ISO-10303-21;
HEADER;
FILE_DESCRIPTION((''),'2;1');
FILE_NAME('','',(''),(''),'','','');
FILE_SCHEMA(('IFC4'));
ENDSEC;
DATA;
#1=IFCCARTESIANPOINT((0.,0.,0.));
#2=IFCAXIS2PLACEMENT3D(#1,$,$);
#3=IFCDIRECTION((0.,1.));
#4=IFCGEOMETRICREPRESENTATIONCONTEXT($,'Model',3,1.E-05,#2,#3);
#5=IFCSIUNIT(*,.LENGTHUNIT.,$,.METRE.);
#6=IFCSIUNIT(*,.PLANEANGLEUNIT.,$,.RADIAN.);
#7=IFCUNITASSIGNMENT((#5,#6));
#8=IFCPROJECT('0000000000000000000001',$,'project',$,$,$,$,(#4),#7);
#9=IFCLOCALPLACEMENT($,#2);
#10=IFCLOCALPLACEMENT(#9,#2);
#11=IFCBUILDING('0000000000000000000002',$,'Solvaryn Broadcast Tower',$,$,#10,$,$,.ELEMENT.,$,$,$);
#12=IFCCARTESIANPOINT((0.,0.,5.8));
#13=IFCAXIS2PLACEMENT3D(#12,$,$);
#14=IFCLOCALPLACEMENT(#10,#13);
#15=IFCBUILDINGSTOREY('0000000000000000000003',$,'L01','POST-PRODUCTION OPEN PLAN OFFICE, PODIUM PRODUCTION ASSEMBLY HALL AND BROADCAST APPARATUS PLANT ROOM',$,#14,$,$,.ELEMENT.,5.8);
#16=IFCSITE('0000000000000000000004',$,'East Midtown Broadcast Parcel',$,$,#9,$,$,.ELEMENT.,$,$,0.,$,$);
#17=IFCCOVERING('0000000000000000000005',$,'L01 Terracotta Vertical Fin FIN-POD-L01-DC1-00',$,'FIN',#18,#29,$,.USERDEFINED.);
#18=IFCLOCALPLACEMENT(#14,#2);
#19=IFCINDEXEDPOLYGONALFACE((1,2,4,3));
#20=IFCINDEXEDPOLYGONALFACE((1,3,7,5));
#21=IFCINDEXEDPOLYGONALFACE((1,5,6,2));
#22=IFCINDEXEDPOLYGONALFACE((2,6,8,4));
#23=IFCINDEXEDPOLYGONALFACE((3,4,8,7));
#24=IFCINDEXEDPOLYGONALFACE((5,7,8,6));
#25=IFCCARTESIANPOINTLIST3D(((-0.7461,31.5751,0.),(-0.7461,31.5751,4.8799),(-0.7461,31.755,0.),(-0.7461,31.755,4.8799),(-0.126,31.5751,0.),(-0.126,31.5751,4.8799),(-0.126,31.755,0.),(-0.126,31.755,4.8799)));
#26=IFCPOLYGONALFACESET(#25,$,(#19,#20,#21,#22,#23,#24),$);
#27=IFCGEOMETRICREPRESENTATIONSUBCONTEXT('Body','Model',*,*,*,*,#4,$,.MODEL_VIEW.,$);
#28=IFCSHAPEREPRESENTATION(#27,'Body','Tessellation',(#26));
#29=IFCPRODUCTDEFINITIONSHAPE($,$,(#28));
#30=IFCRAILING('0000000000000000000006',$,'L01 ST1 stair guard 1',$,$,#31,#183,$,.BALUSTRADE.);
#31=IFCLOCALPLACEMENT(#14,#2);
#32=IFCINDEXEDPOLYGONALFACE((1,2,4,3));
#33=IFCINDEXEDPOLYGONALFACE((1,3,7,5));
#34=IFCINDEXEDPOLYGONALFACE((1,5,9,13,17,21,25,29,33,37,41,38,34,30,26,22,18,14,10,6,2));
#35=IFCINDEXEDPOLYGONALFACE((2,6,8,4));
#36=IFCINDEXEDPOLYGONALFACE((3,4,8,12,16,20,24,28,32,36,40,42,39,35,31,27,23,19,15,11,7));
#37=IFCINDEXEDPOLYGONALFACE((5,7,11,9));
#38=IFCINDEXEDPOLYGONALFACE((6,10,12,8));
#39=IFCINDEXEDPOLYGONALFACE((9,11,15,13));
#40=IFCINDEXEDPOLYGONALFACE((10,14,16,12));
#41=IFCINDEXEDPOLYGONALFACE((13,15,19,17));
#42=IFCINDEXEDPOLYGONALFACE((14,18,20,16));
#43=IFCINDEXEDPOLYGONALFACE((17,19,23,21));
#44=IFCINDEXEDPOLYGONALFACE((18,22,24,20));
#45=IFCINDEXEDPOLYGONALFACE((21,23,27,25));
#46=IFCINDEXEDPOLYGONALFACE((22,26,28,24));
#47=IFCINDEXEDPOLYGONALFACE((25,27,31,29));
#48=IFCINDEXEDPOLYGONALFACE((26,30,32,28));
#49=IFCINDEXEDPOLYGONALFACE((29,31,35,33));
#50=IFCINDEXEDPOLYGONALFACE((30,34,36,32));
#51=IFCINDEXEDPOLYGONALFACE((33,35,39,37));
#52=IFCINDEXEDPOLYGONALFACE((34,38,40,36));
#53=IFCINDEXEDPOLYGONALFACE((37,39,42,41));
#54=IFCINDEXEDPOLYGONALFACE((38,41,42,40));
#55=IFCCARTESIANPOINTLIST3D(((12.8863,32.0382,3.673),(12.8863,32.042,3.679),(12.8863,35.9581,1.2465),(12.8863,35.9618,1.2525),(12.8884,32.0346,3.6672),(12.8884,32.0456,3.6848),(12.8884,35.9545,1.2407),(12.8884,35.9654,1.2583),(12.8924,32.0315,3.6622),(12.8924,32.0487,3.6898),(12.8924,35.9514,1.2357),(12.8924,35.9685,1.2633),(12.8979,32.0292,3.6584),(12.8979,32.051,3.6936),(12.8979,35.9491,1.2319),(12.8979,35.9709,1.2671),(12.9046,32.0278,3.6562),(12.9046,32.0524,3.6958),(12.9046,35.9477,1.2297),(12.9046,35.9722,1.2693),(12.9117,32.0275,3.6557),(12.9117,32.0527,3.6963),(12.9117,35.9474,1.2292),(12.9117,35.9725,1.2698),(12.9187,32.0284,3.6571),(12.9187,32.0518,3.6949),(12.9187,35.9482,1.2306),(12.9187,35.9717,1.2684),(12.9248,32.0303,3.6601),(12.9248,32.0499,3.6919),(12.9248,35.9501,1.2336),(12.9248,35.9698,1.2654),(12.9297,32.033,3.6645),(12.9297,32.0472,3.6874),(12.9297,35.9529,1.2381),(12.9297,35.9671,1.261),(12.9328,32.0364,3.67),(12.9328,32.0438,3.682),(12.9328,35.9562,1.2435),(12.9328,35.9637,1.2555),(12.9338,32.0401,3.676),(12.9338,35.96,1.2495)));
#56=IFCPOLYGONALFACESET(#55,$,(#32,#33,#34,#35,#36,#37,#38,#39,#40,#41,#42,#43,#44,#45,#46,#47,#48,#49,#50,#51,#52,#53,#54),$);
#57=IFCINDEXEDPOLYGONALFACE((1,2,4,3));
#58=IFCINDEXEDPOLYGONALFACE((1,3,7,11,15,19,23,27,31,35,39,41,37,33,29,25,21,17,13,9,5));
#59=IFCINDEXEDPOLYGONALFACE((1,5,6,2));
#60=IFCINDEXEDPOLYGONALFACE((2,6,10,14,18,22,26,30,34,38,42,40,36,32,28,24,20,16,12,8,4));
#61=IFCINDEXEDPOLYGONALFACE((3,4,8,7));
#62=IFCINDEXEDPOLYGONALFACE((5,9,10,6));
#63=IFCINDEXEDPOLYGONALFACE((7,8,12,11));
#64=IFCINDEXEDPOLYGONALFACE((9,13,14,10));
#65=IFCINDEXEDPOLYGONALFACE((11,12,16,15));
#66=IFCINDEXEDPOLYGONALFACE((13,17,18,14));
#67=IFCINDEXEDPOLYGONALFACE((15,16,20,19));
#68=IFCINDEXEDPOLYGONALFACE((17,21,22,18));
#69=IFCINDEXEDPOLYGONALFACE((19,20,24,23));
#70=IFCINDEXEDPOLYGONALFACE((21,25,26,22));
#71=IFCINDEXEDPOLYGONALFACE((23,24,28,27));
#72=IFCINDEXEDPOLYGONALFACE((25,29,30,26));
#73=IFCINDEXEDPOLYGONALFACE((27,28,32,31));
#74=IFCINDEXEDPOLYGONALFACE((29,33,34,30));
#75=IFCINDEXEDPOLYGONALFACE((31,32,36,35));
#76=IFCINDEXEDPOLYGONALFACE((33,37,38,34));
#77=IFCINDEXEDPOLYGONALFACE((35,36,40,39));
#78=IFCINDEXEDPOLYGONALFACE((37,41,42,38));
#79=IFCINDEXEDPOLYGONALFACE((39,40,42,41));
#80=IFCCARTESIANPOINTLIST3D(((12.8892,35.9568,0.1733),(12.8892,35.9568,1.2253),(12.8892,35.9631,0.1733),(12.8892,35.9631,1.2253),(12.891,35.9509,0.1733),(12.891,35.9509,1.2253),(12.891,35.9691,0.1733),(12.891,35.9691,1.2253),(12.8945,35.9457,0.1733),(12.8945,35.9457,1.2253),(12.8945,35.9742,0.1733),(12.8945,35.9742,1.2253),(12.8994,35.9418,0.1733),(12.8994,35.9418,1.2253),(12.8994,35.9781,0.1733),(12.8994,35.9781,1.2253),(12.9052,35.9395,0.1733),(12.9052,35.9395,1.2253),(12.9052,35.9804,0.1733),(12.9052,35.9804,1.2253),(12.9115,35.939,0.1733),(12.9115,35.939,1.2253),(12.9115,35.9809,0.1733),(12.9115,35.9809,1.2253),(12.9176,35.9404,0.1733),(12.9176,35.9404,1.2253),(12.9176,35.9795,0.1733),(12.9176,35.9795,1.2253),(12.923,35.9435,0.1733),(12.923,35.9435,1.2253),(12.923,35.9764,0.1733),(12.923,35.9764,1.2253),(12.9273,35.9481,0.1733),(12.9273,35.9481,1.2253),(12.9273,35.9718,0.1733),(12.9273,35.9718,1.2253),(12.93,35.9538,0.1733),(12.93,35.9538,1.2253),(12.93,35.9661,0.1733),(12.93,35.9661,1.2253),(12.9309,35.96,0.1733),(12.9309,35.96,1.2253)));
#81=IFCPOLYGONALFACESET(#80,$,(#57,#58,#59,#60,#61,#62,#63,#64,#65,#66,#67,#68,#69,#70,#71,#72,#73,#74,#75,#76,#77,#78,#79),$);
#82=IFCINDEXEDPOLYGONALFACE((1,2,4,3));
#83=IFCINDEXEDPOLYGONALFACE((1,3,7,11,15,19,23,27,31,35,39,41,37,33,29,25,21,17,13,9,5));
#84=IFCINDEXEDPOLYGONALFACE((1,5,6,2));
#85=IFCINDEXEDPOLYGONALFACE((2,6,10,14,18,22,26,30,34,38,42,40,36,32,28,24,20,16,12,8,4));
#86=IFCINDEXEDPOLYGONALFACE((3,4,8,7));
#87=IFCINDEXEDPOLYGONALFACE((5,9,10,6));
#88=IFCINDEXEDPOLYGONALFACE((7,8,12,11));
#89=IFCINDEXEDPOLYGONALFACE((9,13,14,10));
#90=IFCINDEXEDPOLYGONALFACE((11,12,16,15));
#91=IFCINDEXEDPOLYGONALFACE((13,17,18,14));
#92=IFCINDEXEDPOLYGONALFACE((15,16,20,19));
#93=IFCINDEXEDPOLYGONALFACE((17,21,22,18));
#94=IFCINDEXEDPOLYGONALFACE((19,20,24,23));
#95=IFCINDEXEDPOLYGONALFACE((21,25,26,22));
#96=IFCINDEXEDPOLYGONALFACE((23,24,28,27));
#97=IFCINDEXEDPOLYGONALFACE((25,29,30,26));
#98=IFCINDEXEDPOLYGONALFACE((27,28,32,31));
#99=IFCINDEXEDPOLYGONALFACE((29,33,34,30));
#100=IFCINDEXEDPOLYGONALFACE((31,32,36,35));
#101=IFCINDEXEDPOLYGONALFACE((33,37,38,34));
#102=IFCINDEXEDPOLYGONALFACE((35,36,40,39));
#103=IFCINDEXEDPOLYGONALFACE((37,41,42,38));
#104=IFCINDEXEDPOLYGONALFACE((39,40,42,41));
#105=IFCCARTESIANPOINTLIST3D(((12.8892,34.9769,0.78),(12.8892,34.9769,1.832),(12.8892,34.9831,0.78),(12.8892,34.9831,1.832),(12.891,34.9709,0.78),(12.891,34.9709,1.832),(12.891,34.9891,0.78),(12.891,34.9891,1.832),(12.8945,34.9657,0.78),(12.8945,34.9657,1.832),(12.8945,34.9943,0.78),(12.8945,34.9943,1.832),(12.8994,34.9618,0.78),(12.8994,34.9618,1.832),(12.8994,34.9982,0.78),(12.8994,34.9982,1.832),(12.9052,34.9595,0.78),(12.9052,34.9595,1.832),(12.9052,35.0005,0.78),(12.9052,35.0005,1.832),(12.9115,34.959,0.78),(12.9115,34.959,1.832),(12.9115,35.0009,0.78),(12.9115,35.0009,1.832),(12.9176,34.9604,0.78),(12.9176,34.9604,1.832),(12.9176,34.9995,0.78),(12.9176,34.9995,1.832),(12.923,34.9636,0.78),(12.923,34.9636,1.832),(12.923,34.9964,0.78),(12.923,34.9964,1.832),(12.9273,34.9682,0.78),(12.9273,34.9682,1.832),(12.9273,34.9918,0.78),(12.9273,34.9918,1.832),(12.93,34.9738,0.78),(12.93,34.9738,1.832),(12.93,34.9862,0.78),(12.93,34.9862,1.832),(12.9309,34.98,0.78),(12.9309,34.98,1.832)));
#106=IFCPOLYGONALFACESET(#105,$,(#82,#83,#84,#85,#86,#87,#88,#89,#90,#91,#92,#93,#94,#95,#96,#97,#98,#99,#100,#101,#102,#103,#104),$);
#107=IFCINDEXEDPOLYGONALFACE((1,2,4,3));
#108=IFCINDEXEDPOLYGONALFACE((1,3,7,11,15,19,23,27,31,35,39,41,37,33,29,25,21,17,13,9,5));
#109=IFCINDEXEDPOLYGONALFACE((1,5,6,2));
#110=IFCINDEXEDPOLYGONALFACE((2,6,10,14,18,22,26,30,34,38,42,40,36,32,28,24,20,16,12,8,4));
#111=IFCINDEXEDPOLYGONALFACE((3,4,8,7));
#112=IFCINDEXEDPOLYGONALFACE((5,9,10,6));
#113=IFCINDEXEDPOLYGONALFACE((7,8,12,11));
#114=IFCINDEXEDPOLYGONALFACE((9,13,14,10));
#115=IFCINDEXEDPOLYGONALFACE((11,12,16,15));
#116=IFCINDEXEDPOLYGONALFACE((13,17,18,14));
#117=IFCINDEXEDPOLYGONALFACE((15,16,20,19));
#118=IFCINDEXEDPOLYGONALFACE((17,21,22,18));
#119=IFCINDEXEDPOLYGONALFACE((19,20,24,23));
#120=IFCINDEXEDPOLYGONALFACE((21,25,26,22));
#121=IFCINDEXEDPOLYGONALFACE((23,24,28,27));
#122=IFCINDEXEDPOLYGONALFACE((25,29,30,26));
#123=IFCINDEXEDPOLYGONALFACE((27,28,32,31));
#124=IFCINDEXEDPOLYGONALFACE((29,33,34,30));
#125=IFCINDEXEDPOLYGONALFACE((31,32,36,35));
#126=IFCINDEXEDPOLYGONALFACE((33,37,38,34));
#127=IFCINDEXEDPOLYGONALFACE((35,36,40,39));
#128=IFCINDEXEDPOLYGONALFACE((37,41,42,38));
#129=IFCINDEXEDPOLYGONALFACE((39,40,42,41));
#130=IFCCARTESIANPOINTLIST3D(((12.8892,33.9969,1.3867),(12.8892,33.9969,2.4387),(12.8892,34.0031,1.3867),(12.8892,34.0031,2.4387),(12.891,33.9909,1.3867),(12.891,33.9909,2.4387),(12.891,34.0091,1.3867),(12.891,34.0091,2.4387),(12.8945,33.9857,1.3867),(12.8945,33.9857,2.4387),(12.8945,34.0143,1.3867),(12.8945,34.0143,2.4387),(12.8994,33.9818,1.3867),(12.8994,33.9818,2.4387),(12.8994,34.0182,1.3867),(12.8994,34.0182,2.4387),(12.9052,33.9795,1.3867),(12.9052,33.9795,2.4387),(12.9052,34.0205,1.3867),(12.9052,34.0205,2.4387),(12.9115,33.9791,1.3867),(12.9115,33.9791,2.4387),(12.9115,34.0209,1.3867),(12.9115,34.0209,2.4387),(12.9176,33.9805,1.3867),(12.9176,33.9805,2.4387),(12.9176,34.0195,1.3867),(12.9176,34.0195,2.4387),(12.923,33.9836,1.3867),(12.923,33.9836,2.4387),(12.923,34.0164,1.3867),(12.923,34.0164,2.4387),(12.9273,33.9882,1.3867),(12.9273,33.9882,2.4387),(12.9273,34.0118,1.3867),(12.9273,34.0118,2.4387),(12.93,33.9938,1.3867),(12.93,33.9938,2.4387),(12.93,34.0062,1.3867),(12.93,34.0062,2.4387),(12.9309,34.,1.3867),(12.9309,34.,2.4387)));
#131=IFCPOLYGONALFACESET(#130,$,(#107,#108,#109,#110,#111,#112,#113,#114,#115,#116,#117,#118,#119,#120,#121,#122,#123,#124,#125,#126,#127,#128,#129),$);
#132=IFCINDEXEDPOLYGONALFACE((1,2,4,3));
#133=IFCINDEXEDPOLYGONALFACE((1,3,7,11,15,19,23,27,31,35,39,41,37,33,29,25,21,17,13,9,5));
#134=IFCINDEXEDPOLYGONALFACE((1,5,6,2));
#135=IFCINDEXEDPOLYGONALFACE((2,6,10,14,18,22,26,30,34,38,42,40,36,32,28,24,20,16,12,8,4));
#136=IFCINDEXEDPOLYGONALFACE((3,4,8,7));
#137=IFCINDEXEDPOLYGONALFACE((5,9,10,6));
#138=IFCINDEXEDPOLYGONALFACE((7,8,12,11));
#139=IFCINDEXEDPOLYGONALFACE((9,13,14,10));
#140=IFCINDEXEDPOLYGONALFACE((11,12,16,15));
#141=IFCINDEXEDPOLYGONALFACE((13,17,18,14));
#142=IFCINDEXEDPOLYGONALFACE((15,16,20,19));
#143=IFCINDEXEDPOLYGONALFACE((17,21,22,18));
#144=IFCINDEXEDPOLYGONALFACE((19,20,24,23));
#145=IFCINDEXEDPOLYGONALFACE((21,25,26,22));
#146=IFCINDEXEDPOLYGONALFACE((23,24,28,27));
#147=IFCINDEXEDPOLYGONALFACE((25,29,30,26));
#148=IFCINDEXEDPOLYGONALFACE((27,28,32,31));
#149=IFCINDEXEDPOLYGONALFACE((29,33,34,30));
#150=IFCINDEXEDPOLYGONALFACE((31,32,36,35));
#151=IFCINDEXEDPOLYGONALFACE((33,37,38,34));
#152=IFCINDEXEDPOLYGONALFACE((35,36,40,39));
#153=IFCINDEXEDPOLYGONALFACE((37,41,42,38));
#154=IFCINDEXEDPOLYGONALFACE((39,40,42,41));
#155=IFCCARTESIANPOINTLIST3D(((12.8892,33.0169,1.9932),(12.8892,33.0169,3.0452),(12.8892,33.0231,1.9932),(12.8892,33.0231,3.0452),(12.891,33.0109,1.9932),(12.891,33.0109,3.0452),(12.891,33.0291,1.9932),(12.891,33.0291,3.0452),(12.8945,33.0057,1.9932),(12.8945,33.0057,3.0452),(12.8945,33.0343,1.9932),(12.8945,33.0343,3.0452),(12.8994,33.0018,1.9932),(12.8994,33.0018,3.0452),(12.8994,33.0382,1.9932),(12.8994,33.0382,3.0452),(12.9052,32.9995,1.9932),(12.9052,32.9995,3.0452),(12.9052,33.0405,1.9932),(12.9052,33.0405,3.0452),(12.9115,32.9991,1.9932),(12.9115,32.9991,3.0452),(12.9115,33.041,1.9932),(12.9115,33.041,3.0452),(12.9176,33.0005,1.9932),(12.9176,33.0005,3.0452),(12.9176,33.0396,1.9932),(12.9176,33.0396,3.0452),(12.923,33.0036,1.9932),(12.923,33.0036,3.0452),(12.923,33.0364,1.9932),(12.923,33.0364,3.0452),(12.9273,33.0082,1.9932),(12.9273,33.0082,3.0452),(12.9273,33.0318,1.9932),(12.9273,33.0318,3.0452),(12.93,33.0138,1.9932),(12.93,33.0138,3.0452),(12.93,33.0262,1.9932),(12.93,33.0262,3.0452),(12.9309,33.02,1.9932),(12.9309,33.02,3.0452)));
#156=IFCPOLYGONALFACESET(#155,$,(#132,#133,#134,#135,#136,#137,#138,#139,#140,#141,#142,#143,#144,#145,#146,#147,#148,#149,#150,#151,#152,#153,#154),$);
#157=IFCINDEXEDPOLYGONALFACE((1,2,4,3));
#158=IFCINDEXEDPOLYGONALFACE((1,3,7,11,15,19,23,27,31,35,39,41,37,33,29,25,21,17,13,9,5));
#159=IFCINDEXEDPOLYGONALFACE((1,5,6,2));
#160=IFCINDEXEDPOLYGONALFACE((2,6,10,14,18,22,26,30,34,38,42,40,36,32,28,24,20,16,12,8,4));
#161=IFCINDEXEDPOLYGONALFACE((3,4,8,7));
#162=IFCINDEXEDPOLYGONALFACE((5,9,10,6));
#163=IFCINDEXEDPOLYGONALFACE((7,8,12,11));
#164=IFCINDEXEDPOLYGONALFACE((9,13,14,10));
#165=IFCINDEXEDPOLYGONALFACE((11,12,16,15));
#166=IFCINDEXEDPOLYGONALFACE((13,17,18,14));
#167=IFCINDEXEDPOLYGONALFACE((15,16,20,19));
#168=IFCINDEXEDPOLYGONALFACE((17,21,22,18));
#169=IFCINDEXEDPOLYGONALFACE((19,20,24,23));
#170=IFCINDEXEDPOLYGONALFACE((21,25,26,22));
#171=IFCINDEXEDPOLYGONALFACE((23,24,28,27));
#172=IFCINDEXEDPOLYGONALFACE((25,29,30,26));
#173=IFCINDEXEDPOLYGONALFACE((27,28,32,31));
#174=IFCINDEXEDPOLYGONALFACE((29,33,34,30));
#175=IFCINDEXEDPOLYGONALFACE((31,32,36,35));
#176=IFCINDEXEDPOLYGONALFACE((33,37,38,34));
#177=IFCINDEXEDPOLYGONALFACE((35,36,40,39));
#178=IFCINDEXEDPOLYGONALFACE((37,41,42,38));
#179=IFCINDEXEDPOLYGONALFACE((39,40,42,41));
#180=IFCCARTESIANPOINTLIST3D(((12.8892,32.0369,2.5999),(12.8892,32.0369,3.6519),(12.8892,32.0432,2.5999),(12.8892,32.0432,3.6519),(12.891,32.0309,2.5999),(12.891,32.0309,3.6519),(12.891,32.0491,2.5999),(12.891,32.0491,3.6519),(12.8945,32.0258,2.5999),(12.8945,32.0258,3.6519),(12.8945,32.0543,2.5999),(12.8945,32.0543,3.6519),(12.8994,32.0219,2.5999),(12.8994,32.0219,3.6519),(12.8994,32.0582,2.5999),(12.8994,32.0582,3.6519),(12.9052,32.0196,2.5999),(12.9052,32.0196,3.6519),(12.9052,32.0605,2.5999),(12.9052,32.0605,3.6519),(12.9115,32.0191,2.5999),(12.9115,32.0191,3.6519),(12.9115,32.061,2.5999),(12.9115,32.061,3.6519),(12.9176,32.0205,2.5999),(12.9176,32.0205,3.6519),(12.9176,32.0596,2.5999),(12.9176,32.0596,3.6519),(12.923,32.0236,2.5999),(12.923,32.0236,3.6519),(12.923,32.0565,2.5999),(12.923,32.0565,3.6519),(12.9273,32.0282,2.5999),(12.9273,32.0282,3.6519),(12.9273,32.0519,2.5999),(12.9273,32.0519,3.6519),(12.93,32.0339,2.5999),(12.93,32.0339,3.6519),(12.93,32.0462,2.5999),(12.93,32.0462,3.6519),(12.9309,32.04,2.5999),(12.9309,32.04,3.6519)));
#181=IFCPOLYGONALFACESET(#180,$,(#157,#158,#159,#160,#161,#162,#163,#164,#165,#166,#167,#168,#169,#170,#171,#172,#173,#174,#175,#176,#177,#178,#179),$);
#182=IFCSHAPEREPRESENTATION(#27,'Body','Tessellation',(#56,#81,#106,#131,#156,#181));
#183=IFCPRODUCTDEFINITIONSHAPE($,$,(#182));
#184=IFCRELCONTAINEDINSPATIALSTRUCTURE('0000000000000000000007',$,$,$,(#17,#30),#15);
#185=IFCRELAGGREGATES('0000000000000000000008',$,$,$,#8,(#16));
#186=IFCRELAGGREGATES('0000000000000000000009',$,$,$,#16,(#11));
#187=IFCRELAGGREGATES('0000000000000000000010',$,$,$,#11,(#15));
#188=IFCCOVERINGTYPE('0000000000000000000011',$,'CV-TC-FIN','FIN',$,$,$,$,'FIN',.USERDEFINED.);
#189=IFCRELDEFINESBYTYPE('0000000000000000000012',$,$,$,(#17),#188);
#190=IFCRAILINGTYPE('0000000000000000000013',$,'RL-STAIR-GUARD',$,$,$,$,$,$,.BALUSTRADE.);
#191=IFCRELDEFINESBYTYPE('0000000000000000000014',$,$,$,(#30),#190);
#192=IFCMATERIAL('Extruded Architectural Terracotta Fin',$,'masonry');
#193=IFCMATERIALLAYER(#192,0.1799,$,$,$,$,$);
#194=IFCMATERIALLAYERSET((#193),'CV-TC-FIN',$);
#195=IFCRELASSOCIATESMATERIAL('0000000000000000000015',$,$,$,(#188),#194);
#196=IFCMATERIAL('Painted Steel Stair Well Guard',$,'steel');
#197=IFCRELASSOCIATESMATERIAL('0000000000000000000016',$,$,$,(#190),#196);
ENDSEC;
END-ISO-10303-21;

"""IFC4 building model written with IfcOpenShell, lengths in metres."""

from ifc_helpers import new_model, si_unit, direction, frame, origin, origin_2d, place, context, subcontext, project, spatial, rectangle, circle, extrude, material, layer, layer_set, type_object, element, save


model = new_model("IFC4")

# Units and contexts
model_context = context("Model", 3, precision=1e-05, world=origin(), true_north=direction((0.0, 1.0)))
body_context = subcontext(model_context, "Body", "Model", "MODEL_VIEW")
ifc_project = project(units=[si_unit("LENGTHUNIT", "METRE"), si_unit("PLANEANGLEUNIT", "RADIAN")], contexts=[model_context])

# Site, building, storey
site_placement = place(None, origin())
site = spatial("IfcSite", under=ifc_project, at=site_placement, Name="East Midtown Broadcast Parcel", CompositionType="ELEMENT", RefElevation=0.0)
building_placement = place(site_placement, origin())
building = spatial("IfcBuilding", under=site, at=building_placement, Name="Solvaryn Broadcast Tower", CompositionType="ELEMENT")
storey_placement = place(building_placement, frame((0.0, 0.0, 5.8)))
storey = spatial("IfcBuildingStorey", under=building, at=storey_placement, Name="L01", Description="POST-PRODUCTION OPEN PLAN OFFICE, PODIUM PRODUCTION ASSEMBLY HALL AND BROADCAST APPARATUS PLANT ROOM", CompositionType="ELEMENT", Elevation=5.8)

# Covering
ifc_material_1 = material(Name="Extruded Architectural Terracotta Fin", Category="masonry")
ifc_layer_1 = layer(ifc_material_1, 0.1799)
ifc_layer_set_1 = layer_set([ifc_layer_1], Name="CV-TC-FIN")
covering_type = type_object("IfcCoveringType", Name="CV-TC-FIN", Description="FIN", ElementType="FIN", PredefinedType="USERDEFINED", material=ifc_layer_set_1)
covering_placement = place(storey_placement, frame((-0.436, 31.665, 0.0), z_axis=(0.0, 0.0, 1.0), x_axis=(1.0, 0.0, 0.0)))
element("IfcCovering", 1, at=covering_placement, inside=storey, type_object=covering_type, Name="L01 Terracotta Vertical Fin FIN-POD-L01-DC1-00", ObjectType="FIN", PredefinedType="USERDEFINED", context=body_context, shape_type="SweptSolid", body=[
    extrude(rectangle(XDim=0.6201, YDim=0.1799, at=origin_2d()), origin(), (0.0, 0.0, 1.0), 4.8799),
])

# Railing
ifc_material_2 = material(Name="Painted Steel Stair Well Guard", Category="steel")
railing_type_1 = type_object("IfcRailingType", Name="RL-STAIR-GUARD", PredefinedType="BALUSTRADE", material=ifc_material_2)
railing_1_placement = place(storey_placement, frame((12.9099, 35.96, 0.1733)))
element("IfcRailing", 2, at=railing_1_placement, inside=storey, type_object=railing_type_1, Name="L01 ST1 stair guard 1", PredefinedType="BALUSTRADE", context=body_context, shape_type="SweptSolid", body=[
    extrude(circle(Radius=0.0239, at=origin_2d()), frame((0.0, 0.0, 1.0762), z_axis=(0.0, -0.850275, 0.526338), x_axis=(1.0, 0.0, 0.0)), (0.0, 0.0, 1.0), 4.6101),
    extrude(circle(Radius=0.021, at=origin_2d()), origin(), (0.0, 0.0, 1.0), 1.052),
    extrude(circle(Radius=0.021, at=origin_2d()), frame((0.0, -0.98, 0.6067)), (0.0, 0.0, 1.0), 1.052),
    extrude(circle(Radius=0.021, at=origin_2d()), frame((0.0, -1.96, 1.2134)), (0.0, 0.0, 1.0), 1.052),
    extrude(circle(Radius=0.021, at=origin_2d()), frame((0.0, -2.9399, 1.8198)), (0.0, 0.0, 1.0), 1.052),
    extrude(circle(Radius=0.021, at=origin_2d()), frame((0.0, -3.9199, 2.4265)), (0.0, 0.0, 1.0), 1.052),
])

save(model, "model.ifc")
